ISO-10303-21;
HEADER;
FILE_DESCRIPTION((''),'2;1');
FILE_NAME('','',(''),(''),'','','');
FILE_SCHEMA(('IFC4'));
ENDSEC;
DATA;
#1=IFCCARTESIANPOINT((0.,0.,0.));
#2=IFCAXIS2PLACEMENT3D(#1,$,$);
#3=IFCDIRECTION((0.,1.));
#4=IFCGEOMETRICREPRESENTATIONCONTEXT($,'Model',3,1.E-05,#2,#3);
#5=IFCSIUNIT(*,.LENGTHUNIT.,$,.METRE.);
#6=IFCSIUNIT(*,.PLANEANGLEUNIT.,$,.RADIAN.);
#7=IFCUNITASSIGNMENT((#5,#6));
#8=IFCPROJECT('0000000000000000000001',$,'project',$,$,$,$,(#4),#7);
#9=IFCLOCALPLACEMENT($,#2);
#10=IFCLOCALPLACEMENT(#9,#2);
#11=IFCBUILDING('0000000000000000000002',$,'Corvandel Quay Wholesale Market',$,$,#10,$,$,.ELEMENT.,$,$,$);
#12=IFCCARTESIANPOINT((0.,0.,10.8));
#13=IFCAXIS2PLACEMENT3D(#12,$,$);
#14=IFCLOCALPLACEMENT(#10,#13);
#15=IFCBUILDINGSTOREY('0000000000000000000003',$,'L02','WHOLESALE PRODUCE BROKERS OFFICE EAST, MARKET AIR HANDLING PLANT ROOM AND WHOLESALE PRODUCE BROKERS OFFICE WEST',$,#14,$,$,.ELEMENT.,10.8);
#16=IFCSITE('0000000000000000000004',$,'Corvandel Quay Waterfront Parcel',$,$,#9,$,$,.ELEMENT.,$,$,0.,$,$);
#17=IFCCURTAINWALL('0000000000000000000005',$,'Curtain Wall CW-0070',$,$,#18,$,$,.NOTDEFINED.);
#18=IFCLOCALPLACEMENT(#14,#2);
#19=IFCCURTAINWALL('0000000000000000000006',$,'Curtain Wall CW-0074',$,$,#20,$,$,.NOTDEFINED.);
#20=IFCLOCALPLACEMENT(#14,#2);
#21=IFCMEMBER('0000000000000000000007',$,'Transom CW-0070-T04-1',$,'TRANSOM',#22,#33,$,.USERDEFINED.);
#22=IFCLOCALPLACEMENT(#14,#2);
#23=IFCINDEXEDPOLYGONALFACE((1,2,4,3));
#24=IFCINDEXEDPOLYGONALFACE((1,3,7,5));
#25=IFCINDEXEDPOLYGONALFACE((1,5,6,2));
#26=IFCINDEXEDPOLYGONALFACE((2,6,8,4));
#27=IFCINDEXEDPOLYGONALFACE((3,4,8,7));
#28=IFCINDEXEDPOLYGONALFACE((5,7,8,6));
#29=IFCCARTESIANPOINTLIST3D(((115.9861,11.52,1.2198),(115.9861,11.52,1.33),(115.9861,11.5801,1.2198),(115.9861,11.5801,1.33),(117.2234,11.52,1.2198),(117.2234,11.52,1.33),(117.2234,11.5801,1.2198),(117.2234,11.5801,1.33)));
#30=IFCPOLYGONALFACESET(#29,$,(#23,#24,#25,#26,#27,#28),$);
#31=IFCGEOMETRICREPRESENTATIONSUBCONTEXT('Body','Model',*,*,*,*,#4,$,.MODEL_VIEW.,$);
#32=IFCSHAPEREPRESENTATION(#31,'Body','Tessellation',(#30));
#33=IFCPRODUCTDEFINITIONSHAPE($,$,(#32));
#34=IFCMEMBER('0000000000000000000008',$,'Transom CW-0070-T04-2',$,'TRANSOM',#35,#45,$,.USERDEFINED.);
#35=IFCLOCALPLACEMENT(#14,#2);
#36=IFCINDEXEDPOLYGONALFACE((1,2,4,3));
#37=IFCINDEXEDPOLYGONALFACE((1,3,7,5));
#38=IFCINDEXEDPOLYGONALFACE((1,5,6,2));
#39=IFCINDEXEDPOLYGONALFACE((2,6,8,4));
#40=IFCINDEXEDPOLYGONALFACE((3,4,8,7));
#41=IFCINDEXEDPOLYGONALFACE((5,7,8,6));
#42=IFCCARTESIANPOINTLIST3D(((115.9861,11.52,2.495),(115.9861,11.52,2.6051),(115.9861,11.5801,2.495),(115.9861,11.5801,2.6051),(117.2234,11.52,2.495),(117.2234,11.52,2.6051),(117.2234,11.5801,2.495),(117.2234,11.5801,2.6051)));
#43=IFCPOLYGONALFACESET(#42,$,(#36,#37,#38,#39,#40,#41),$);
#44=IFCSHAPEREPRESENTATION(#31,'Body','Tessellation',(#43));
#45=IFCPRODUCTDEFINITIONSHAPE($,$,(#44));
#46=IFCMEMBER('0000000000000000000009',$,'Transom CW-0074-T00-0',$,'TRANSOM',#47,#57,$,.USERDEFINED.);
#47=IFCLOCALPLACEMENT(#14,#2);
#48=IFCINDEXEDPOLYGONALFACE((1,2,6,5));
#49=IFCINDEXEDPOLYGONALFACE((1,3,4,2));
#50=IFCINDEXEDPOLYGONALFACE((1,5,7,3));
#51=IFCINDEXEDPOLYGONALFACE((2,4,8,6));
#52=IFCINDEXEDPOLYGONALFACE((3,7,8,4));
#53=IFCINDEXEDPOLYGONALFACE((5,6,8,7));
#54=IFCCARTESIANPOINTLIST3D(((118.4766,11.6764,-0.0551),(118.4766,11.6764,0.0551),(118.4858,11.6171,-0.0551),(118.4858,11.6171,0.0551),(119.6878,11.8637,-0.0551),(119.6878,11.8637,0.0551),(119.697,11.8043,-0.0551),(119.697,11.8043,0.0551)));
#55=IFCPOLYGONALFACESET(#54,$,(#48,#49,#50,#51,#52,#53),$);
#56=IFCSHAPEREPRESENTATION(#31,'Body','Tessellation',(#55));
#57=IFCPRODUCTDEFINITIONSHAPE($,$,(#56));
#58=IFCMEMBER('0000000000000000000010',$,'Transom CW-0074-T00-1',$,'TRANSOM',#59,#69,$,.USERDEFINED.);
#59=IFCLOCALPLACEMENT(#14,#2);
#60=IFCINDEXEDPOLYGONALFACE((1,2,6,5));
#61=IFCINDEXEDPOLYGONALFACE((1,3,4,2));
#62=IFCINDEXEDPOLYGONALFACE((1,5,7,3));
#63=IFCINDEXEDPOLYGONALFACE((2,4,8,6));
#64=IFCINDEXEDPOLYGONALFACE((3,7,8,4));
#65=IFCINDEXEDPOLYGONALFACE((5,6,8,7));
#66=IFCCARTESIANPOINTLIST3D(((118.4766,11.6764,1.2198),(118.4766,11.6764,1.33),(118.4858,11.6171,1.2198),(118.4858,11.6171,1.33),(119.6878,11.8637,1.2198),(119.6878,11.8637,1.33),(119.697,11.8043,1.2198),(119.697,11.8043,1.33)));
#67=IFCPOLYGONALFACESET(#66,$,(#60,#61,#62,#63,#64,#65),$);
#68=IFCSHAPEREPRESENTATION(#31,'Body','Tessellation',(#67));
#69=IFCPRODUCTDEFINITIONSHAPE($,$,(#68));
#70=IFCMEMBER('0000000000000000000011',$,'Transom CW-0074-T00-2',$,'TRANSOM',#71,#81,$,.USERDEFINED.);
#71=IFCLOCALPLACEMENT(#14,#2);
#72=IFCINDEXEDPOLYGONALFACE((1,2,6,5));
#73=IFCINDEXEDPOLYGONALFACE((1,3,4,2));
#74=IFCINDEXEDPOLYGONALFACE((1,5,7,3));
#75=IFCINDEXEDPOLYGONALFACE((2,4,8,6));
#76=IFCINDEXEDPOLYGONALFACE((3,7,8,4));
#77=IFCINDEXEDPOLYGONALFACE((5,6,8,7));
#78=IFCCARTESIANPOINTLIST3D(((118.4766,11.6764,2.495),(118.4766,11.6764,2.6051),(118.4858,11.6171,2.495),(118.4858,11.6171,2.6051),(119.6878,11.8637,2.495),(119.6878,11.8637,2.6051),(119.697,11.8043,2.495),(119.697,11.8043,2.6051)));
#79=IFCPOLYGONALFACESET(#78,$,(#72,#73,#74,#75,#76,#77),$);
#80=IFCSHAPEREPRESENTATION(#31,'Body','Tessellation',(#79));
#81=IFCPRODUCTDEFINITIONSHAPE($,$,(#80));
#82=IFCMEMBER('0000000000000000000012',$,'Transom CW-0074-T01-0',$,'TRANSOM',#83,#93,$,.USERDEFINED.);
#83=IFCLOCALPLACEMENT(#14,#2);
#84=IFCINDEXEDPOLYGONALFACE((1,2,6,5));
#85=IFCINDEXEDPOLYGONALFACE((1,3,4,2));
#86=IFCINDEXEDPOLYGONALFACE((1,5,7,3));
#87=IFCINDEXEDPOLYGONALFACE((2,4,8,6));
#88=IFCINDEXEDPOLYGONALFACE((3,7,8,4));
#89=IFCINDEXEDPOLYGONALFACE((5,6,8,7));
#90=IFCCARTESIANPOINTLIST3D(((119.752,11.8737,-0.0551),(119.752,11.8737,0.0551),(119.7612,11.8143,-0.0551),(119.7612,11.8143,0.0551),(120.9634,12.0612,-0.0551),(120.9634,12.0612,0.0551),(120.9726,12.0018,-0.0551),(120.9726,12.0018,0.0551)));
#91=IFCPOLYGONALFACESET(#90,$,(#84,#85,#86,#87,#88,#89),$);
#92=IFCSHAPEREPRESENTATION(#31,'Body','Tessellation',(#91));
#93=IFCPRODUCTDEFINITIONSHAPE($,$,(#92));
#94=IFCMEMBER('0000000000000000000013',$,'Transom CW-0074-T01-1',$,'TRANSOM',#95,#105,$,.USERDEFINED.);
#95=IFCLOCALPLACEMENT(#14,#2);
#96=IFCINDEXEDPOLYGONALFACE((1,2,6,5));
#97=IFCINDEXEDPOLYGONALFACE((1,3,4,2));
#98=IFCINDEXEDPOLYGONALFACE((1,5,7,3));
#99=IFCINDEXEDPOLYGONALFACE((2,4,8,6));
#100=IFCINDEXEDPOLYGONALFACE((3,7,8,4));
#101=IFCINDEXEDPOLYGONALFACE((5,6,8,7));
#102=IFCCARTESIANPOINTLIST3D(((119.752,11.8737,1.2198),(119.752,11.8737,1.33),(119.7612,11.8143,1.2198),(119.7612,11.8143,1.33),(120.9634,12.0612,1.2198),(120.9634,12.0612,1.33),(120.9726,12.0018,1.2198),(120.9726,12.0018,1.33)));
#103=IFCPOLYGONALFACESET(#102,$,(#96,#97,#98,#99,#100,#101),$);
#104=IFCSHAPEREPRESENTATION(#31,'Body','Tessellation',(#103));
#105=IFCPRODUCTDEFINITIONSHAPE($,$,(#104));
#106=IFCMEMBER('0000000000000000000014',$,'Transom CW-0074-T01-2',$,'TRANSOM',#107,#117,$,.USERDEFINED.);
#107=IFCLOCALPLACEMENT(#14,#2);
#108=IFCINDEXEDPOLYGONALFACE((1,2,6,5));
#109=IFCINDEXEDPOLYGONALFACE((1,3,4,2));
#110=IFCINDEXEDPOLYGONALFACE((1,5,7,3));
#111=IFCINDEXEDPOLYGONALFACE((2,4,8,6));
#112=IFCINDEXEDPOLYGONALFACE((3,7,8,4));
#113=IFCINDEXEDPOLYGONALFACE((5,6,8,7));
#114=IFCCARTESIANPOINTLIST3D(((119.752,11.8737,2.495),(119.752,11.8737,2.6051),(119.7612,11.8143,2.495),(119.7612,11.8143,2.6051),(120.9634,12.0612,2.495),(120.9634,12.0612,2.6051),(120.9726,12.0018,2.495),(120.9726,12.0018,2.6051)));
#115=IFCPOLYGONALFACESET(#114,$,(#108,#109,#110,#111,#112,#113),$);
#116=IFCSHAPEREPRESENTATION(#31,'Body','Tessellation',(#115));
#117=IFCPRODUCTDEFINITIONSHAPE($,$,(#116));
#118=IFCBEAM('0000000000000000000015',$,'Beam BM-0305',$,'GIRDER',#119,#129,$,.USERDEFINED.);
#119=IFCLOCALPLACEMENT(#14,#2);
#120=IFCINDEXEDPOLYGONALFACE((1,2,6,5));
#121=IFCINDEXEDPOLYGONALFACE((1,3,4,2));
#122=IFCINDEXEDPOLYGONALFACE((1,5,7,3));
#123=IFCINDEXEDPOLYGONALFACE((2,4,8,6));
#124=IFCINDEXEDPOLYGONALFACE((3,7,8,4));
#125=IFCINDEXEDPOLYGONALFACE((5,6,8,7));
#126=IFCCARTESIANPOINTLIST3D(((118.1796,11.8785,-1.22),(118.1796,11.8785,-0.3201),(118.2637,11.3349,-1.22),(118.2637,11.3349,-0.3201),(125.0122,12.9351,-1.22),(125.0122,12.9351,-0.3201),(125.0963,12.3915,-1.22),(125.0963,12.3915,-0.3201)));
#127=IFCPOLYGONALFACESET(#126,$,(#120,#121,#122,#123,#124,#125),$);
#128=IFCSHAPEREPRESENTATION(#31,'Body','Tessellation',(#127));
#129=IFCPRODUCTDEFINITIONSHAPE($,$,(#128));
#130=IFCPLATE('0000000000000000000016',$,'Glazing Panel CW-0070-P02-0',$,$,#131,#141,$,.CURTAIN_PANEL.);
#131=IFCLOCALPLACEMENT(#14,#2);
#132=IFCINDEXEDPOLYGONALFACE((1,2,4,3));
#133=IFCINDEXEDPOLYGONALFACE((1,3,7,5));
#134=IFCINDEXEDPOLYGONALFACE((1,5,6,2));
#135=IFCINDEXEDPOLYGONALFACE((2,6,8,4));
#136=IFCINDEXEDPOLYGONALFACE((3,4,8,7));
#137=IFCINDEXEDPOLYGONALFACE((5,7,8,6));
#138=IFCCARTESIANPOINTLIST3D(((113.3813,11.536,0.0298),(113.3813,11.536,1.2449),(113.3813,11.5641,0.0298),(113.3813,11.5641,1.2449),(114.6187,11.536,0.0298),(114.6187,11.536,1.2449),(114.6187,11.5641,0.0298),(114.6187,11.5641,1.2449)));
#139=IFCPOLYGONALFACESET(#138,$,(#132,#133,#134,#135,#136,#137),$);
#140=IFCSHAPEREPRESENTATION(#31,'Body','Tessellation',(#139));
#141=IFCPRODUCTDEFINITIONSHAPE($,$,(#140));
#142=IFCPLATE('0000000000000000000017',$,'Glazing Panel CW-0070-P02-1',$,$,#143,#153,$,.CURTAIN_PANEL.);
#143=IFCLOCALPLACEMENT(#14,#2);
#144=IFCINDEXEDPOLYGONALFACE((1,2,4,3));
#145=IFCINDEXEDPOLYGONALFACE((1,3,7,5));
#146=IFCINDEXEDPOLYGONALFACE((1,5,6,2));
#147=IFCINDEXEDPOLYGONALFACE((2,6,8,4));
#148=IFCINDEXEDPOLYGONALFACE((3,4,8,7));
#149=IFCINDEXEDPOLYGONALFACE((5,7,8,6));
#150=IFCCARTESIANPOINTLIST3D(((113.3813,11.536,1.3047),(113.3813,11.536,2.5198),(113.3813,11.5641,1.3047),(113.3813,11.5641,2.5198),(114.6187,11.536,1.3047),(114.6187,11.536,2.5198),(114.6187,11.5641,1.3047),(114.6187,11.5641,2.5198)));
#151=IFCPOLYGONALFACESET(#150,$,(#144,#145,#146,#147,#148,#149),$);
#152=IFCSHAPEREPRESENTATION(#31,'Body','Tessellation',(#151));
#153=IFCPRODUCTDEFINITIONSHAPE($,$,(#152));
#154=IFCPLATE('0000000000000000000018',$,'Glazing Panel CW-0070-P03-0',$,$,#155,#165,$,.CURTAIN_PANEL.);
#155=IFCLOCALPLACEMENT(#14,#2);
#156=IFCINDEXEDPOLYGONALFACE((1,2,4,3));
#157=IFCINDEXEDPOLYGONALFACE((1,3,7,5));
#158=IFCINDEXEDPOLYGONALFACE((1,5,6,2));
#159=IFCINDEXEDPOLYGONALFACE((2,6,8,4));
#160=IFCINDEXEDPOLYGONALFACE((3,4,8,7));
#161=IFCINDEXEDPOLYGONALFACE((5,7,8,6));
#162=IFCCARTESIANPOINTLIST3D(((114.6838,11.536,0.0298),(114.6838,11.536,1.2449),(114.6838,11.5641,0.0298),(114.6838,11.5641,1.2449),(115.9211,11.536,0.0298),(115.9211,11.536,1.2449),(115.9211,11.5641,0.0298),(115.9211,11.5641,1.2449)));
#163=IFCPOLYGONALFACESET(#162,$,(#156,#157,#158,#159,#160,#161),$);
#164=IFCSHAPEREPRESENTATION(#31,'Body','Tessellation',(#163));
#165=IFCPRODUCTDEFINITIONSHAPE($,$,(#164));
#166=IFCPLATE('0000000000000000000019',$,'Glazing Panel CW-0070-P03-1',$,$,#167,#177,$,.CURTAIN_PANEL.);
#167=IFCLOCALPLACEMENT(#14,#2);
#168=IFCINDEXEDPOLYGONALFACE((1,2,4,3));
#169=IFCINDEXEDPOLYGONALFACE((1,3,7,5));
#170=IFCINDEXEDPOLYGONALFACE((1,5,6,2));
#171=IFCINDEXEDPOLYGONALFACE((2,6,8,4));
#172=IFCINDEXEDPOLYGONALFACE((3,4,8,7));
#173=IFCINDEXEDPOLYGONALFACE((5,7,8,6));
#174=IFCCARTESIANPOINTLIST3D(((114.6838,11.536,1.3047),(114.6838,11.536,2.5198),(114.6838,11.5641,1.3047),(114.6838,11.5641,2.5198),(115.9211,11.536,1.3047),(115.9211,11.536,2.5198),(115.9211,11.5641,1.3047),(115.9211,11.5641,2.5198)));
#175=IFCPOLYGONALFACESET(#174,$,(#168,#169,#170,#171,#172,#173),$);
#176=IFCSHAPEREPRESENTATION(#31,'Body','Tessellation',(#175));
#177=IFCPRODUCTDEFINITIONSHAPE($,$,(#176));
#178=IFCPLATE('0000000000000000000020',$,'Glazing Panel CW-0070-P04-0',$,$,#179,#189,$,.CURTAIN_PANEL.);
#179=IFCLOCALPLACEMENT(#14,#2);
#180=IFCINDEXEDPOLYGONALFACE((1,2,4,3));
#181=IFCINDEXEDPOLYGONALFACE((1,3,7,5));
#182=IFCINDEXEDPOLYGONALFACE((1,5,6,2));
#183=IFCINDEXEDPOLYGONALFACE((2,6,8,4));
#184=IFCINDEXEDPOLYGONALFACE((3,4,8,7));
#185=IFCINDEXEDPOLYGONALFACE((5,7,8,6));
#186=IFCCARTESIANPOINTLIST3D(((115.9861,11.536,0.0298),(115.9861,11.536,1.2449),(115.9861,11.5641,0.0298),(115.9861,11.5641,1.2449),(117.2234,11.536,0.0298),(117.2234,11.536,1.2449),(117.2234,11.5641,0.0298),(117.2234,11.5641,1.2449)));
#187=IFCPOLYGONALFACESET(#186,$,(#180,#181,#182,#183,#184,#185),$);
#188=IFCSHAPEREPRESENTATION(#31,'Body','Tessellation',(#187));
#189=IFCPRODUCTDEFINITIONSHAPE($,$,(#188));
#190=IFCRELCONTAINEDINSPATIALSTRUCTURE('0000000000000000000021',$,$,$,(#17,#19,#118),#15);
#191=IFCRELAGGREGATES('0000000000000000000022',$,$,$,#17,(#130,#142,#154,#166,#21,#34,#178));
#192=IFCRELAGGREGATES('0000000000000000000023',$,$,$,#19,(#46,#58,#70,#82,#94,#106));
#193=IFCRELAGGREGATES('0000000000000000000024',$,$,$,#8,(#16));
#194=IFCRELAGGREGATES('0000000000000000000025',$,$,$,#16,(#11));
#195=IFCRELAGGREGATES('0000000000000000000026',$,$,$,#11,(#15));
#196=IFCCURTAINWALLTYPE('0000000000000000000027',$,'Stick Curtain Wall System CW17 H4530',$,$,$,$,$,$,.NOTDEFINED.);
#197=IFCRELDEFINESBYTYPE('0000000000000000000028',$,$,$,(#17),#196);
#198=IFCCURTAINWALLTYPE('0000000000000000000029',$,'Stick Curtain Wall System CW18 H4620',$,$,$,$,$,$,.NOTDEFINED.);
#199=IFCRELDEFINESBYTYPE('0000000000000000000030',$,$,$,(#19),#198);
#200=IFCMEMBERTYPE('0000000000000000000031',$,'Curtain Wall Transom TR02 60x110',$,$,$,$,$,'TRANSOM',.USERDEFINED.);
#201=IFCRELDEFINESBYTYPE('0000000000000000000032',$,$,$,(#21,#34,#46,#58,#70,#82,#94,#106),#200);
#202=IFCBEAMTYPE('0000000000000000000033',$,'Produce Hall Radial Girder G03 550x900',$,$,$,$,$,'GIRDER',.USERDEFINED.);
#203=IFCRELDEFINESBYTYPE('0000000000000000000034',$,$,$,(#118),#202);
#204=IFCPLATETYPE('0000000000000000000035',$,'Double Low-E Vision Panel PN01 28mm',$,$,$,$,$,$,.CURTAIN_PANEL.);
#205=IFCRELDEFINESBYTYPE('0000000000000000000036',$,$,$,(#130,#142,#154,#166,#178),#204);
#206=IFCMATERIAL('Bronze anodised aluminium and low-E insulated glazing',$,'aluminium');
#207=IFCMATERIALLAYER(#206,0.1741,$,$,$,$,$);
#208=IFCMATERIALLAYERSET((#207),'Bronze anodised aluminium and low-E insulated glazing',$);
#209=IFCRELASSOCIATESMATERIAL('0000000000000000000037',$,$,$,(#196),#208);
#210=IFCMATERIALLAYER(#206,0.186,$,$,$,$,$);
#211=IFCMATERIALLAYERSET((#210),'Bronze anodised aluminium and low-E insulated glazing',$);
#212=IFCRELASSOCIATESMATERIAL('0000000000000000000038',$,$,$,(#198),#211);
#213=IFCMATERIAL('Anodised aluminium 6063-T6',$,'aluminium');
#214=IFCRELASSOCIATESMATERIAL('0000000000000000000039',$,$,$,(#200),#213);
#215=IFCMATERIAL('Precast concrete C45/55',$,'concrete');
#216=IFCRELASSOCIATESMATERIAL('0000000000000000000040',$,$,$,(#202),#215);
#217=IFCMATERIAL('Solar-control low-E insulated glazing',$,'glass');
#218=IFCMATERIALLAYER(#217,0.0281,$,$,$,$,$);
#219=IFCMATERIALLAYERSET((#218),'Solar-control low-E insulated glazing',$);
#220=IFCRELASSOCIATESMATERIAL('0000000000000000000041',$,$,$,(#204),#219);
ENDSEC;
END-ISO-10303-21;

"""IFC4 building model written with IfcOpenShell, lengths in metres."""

from ifc_helpers import new_model, si_unit, direction, frame, origin, origin_2d, place, context, subcontext, project, spatial, rectangle, extrude, material, layer, layer_set, material_profile, profile_set, type_object, element, aggregate, save


model = new_model("IFC4")

# Units and contexts
model_context = context("Model", 3, precision=1e-05, world=origin(), true_north=direction((0.0, 1.0)))
body_context = subcontext(model_context, "Body", "Model", "MODEL_VIEW")
ifc_project = project(units=[si_unit("LENGTHUNIT", "METRE"), si_unit("PLANEANGLEUNIT", "RADIAN")], contexts=[model_context])

# Site, building, storey
site_placement = place(None, origin())
site = spatial("IfcSite", under=ifc_project, at=site_placement, Name="Corvandel Quay Waterfront Parcel", CompositionType="ELEMENT", RefElevation=0.0)
building_placement = place(site_placement, origin())
building = spatial("IfcBuilding", under=site, at=building_placement, Name="Corvandel Quay Wholesale Market", CompositionType="ELEMENT")
storey_placement = place(building_placement, frame((0.0, 0.0, 10.8)))
storey = spatial("IfcBuildingStorey", under=building, at=storey_placement, Name="L02", Description="WHOLESALE PRODUCE BROKERS OFFICE EAST, MARKET AIR HANDLING PLANT ROOM AND WHOLESALE PRODUCE BROKERS OFFICE WEST", CompositionType="ELEMENT", Elevation=10.8)

# Shared definitions
ifc_material_1 = material(Name="Precast concrete C45/55", Category="concrete")

# Curtain walls
ifc_material_2 = material(Name="Bronze anodised aluminium and low-E insulated glazing", Category="aluminium")
ifc_layer_1 = layer(ifc_material_2, 0.1741)
ifc_layer_set_1 = layer_set([ifc_layer_1], Name="Bronze anodised aluminium and low-E insulated glazing")
curtain_wall_type_1 = type_object("IfcCurtainWallType", Name="Stick Curtain Wall System CW17 H4530", PredefinedType="NOTDEFINED", material=ifc_layer_set_1)
curtain_wall_1_placement = place(storey_placement, origin())
curtain_wall_1 = element("IfcCurtainWall", 1, at=curtain_wall_1_placement, inside=storey, type_object=curtain_wall_type_1, Name="Curtain Wall CW-0070", PredefinedType="NOTDEFINED")
ifc_material_3 = material(Name="Anodised aluminium 6063-T6", Category="aluminium")
ifc_layer_2 = layer(ifc_material_2, 0.186)
ifc_layer_set_2 = layer_set([ifc_layer_2], Name="Bronze anodised aluminium and low-E insulated glazing")
curtain_wall_type_2 = type_object("IfcCurtainWallType", Name="Stick Curtain Wall System CW18 H4620", PredefinedType="NOTDEFINED", material=ifc_layer_set_2)
curtain_wall_2_placement = place(storey_placement, origin())
curtain_wall_2 = element("IfcCurtainWall", 2, at=curtain_wall_2_placement, inside=storey, type_object=curtain_wall_type_2, Name="Curtain Wall CW-0074", PredefinedType="NOTDEFINED")

# Members
ifc_material_profile_1 = material_profile(ifc_material_3, rectangle(XDim=0.0601, YDim=0.1101, at=origin_2d()), Name="ALU-TRN-60x110")
ifc_profile_set_1 = profile_set([ifc_material_profile_1], Name="Anodised aluminium 6063-T6")
member_type_1 = type_object("IfcMemberType", Name="Curtain Wall Transom TR02 60x110", ElementType="TRANSOM", PredefinedType="USERDEFINED", material=ifc_profile_set_1)
member_1_placement = place(storey_placement, frame((115.9861, 11.55, 1.2749), z_axis=(1.0, 0.0, 0.0), x_axis=(0.0, 1.0, 0.0)))
member_1 = element("IfcMember", 3, at=member_1_placement, type_object=member_type_1, Name="Transom CW-0070-T04-1", ObjectType="TRANSOM", PredefinedType="USERDEFINED", context=body_context, shape_type="SweptSolid", body=[
    extrude(rectangle(XDim=0.0601, YDim=0.1101, at=origin_2d()), origin(), (0.0, 0.0, 1.0), 1.2373),
])
member_2_placement = place(storey_placement, frame((115.9861, 11.55, 2.55), z_axis=(1.0, 0.0, 0.0), x_axis=(0.0, 1.0, 0.0)))
member_2 = element("IfcMember", 4, at=member_2_placement, type_object=member_type_1, Name="Transom CW-0070-T04-2", ObjectType="TRANSOM", PredefinedType="USERDEFINED", context=body_context, shape_type="SweptSolid", body=[
    extrude(rectangle(XDim=0.0601, YDim=0.1101, at=origin_2d()), origin(), (0.0, 0.0, 1.0), 1.2373),
])
member_3_placement = place(storey_placement, frame((118.4812, 11.6467, 0.0), z_axis=(0.988259, 0.152791, 0.0), x_axis=(-0.152791, 0.988259, 0.0)))
member_3 = element("IfcMember", 5, at=member_3_placement, type_object=member_type_1, Name="Transom CW-0074-T00-0", ObjectType="TRANSOM", PredefinedType="USERDEFINED", context=body_context, shape_type="SweptSolid", body=[
    extrude(rectangle(XDim=0.0601, YDim=0.1101, at=origin_2d()), origin(), (0.0, 0.0, 1.0), 1.2256),
])
member_4_placement = place(storey_placement, frame((118.4812, 11.6467, 1.2749), z_axis=(0.988259, 0.152791, 0.0), x_axis=(-0.152791, 0.988259, 0.0)))
member_4 = element("IfcMember", 6, at=member_4_placement, type_object=member_type_1, Name="Transom CW-0074-T00-1", ObjectType="TRANSOM", PredefinedType="USERDEFINED", context=body_context, shape_type="SweptSolid", body=[
    extrude(rectangle(XDim=0.0601, YDim=0.1101, at=origin_2d()), origin(), (0.0, 0.0, 1.0), 1.2256),
])
member_5_placement = place(storey_placement, frame((118.4812, 11.6467, 2.55), z_axis=(0.988259, 0.152791, 0.0), x_axis=(-0.152791, 0.988259, 0.0)))
member_5 = element("IfcMember", 7, at=member_5_placement, type_object=member_type_1, Name="Transom CW-0074-T00-2", ObjectType="TRANSOM", PredefinedType="USERDEFINED", context=body_context, shape_type="SweptSolid", body=[
    extrude(rectangle(XDim=0.0601, YDim=0.1101, at=origin_2d()), origin(), (0.0, 0.0, 1.0), 1.2256),
])
member_6_placement = place(storey_placement, frame((119.7566, 11.844, 0.0), z_axis=(0.988233, 0.152955, 0.0), x_axis=(-0.152955, 0.988233, 0.0)))
member_6 = element("IfcMember", 8, at=member_6_placement, type_object=member_type_1, Name="Transom CW-0074-T01-0", ObjectType="TRANSOM", PredefinedType="USERDEFINED", context=body_context, shape_type="SweptSolid", body=[
    extrude(rectangle(XDim=0.0601, YDim=0.1101, at=origin_2d()), origin(), (0.0, 0.0, 1.0), 1.2258),
])
member_7_placement = place(storey_placement, frame((119.7566, 11.844, 1.2749), z_axis=(0.988233, 0.152955, 0.0), x_axis=(-0.152955, 0.988233, 0.0)))
member_7 = element("IfcMember", 9, at=member_7_placement, type_object=member_type_1, Name="Transom CW-0074-T01-1", ObjectType="TRANSOM", PredefinedType="USERDEFINED", context=body_context, shape_type="SweptSolid", body=[
    extrude(rectangle(XDim=0.0601, YDim=0.1101, at=origin_2d()), origin(), (0.0, 0.0, 1.0), 1.2258),
])
member_8_placement = place(storey_placement, frame((119.7566, 11.844, 2.55), z_axis=(0.988233, 0.152955, 0.0), x_axis=(-0.152955, 0.988233, 0.0)))
member_8 = element("IfcMember", 10, at=member_8_placement, type_object=member_type_1, Name="Transom CW-0074-T01-2", ObjectType="TRANSOM", PredefinedType="USERDEFINED", context=body_context, shape_type="SweptSolid", body=[
    extrude(rectangle(XDim=0.0601, YDim=0.1101, at=origin_2d()), origin(), (0.0, 0.0, 1.0), 1.2258),
])

# Beam
ifc_material_profile_2 = material_profile(ifc_material_1, rectangle(XDim=0.55, YDim=0.8999, at=origin_2d()), Name="PC-GIR-550x900")
ifc_profile_set_2 = profile_set([ifc_material_profile_2], Name="Precast concrete C45/55")
beam_type = type_object("IfcBeamType", Name="Produce Hall Radial Girder G03 550x900", ElementType="GIRDER", PredefinedType="USERDEFINED", material=ifc_profile_set_2)
beam_placement = place(storey_placement, frame((118.2217, 11.6067, -0.77), z_axis=(0.988252, 0.152832, 0.0), x_axis=(-0.152832, 0.988252, 0.0)))
element("IfcBeam", 11, at=beam_placement, inside=storey, type_object=beam_type, Name="Beam BM-0305", ObjectType="GIRDER", PredefinedType="USERDEFINED", context=body_context, shape_type="SweptSolid", body=[
    extrude(rectangle(XDim=0.55, YDim=0.8999, at=origin_2d()), origin(), (0.0, 0.0, 1.0), 6.9138),
])

# Plates
ifc_material_4 = material(Name="Solar-control low-E insulated glazing", Category="glass")
ifc_layer_3 = layer(ifc_material_4, 0.0281)
ifc_layer_set_3 = layer_set([ifc_layer_3], Name="Solar-control low-E insulated glazing")
plate_type = type_object("IfcPlateType", Name="Double Low-E Vision Panel PN01 28mm", PredefinedType="CURTAIN_PANEL", material=ifc_layer_set_3)
plate_1_placement = place(storey_placement, frame((114.0, 11.55, 0.0298), z_axis=(0.0, 0.0, 1.0), x_axis=(1.0, 0.0, 0.0)))
plate_1 = element("IfcPlate", 12, at=plate_1_placement, type_object=plate_type, Name="Glazing Panel CW-0070-P02-0", PredefinedType="CURTAIN_PANEL", context=body_context, shape_type="SweptSolid", body=[
    extrude(rectangle(XDim=1.2373, YDim=0.0281, at=origin_2d()), origin(), (0.0, 0.0, 1.0), 1.2151),
])
plate_2_placement = place(storey_placement, frame((114.0, 11.55, 1.3047), z_axis=(0.0, 0.0, 1.0), x_axis=(1.0, 0.0, 0.0)))
plate_2 = element("IfcPlate", 13, at=plate_2_placement, type_object=plate_type, Name="Glazing Panel CW-0070-P02-1", PredefinedType="CURTAIN_PANEL", context=body_context, shape_type="SweptSolid", body=[
    extrude(rectangle(XDim=1.2373, YDim=0.0281, at=origin_2d()), origin(), (0.0, 0.0, 1.0), 1.2151),
])
plate_3_placement = place(storey_placement, frame((115.3025, 11.55, 0.0298), z_axis=(0.0, 0.0, 1.0), x_axis=(1.0, 0.0, 0.0)))
plate_3 = element("IfcPlate", 14, at=plate_3_placement, type_object=plate_type, Name="Glazing Panel CW-0070-P03-0", PredefinedType="CURTAIN_PANEL", context=body_context, shape_type="SweptSolid", body=[
    extrude(rectangle(XDim=1.2373, YDim=0.0281, at=origin_2d()), origin(), (0.0, 0.0, 1.0), 1.2151),
])
plate_4_placement = place(storey_placement, frame((115.3025, 11.55, 1.3047), z_axis=(0.0, 0.0, 1.0), x_axis=(1.0, 0.0, 0.0)))
plate_4 = element("IfcPlate", 15, at=plate_4_placement, type_object=plate_type, Name="Glazing Panel CW-0070-P03-1", PredefinedType="CURTAIN_PANEL", context=body_context, shape_type="SweptSolid", body=[
    extrude(rectangle(XDim=1.2373, YDim=0.0281, at=origin_2d()), origin(), (0.0, 0.0, 1.0), 1.2151),
])
plate_5_placement = place(storey_placement, frame((116.6047, 11.55, 0.0298), z_axis=(0.0, 0.0, 1.0), x_axis=(1.0, 0.0, 0.0)))
plate_5 = element("IfcPlate", 16, at=plate_5_placement, type_object=plate_type, Name="Glazing Panel CW-0070-P04-0", PredefinedType="CURTAIN_PANEL", context=body_context, shape_type="SweptSolid", body=[
    extrude(rectangle(XDim=1.2373, YDim=0.0281, at=origin_2d()), origin(), (0.0, 0.0, 1.0), 1.2151),
])
aggregate(curtain_wall_1, [plate_1, plate_2, plate_3, plate_4, member_1, member_2, plate_5])
aggregate(curtain_wall_2, [member_3, member_4, member_5, member_6, member_7, member_8])

save(model, "model.ifc")
